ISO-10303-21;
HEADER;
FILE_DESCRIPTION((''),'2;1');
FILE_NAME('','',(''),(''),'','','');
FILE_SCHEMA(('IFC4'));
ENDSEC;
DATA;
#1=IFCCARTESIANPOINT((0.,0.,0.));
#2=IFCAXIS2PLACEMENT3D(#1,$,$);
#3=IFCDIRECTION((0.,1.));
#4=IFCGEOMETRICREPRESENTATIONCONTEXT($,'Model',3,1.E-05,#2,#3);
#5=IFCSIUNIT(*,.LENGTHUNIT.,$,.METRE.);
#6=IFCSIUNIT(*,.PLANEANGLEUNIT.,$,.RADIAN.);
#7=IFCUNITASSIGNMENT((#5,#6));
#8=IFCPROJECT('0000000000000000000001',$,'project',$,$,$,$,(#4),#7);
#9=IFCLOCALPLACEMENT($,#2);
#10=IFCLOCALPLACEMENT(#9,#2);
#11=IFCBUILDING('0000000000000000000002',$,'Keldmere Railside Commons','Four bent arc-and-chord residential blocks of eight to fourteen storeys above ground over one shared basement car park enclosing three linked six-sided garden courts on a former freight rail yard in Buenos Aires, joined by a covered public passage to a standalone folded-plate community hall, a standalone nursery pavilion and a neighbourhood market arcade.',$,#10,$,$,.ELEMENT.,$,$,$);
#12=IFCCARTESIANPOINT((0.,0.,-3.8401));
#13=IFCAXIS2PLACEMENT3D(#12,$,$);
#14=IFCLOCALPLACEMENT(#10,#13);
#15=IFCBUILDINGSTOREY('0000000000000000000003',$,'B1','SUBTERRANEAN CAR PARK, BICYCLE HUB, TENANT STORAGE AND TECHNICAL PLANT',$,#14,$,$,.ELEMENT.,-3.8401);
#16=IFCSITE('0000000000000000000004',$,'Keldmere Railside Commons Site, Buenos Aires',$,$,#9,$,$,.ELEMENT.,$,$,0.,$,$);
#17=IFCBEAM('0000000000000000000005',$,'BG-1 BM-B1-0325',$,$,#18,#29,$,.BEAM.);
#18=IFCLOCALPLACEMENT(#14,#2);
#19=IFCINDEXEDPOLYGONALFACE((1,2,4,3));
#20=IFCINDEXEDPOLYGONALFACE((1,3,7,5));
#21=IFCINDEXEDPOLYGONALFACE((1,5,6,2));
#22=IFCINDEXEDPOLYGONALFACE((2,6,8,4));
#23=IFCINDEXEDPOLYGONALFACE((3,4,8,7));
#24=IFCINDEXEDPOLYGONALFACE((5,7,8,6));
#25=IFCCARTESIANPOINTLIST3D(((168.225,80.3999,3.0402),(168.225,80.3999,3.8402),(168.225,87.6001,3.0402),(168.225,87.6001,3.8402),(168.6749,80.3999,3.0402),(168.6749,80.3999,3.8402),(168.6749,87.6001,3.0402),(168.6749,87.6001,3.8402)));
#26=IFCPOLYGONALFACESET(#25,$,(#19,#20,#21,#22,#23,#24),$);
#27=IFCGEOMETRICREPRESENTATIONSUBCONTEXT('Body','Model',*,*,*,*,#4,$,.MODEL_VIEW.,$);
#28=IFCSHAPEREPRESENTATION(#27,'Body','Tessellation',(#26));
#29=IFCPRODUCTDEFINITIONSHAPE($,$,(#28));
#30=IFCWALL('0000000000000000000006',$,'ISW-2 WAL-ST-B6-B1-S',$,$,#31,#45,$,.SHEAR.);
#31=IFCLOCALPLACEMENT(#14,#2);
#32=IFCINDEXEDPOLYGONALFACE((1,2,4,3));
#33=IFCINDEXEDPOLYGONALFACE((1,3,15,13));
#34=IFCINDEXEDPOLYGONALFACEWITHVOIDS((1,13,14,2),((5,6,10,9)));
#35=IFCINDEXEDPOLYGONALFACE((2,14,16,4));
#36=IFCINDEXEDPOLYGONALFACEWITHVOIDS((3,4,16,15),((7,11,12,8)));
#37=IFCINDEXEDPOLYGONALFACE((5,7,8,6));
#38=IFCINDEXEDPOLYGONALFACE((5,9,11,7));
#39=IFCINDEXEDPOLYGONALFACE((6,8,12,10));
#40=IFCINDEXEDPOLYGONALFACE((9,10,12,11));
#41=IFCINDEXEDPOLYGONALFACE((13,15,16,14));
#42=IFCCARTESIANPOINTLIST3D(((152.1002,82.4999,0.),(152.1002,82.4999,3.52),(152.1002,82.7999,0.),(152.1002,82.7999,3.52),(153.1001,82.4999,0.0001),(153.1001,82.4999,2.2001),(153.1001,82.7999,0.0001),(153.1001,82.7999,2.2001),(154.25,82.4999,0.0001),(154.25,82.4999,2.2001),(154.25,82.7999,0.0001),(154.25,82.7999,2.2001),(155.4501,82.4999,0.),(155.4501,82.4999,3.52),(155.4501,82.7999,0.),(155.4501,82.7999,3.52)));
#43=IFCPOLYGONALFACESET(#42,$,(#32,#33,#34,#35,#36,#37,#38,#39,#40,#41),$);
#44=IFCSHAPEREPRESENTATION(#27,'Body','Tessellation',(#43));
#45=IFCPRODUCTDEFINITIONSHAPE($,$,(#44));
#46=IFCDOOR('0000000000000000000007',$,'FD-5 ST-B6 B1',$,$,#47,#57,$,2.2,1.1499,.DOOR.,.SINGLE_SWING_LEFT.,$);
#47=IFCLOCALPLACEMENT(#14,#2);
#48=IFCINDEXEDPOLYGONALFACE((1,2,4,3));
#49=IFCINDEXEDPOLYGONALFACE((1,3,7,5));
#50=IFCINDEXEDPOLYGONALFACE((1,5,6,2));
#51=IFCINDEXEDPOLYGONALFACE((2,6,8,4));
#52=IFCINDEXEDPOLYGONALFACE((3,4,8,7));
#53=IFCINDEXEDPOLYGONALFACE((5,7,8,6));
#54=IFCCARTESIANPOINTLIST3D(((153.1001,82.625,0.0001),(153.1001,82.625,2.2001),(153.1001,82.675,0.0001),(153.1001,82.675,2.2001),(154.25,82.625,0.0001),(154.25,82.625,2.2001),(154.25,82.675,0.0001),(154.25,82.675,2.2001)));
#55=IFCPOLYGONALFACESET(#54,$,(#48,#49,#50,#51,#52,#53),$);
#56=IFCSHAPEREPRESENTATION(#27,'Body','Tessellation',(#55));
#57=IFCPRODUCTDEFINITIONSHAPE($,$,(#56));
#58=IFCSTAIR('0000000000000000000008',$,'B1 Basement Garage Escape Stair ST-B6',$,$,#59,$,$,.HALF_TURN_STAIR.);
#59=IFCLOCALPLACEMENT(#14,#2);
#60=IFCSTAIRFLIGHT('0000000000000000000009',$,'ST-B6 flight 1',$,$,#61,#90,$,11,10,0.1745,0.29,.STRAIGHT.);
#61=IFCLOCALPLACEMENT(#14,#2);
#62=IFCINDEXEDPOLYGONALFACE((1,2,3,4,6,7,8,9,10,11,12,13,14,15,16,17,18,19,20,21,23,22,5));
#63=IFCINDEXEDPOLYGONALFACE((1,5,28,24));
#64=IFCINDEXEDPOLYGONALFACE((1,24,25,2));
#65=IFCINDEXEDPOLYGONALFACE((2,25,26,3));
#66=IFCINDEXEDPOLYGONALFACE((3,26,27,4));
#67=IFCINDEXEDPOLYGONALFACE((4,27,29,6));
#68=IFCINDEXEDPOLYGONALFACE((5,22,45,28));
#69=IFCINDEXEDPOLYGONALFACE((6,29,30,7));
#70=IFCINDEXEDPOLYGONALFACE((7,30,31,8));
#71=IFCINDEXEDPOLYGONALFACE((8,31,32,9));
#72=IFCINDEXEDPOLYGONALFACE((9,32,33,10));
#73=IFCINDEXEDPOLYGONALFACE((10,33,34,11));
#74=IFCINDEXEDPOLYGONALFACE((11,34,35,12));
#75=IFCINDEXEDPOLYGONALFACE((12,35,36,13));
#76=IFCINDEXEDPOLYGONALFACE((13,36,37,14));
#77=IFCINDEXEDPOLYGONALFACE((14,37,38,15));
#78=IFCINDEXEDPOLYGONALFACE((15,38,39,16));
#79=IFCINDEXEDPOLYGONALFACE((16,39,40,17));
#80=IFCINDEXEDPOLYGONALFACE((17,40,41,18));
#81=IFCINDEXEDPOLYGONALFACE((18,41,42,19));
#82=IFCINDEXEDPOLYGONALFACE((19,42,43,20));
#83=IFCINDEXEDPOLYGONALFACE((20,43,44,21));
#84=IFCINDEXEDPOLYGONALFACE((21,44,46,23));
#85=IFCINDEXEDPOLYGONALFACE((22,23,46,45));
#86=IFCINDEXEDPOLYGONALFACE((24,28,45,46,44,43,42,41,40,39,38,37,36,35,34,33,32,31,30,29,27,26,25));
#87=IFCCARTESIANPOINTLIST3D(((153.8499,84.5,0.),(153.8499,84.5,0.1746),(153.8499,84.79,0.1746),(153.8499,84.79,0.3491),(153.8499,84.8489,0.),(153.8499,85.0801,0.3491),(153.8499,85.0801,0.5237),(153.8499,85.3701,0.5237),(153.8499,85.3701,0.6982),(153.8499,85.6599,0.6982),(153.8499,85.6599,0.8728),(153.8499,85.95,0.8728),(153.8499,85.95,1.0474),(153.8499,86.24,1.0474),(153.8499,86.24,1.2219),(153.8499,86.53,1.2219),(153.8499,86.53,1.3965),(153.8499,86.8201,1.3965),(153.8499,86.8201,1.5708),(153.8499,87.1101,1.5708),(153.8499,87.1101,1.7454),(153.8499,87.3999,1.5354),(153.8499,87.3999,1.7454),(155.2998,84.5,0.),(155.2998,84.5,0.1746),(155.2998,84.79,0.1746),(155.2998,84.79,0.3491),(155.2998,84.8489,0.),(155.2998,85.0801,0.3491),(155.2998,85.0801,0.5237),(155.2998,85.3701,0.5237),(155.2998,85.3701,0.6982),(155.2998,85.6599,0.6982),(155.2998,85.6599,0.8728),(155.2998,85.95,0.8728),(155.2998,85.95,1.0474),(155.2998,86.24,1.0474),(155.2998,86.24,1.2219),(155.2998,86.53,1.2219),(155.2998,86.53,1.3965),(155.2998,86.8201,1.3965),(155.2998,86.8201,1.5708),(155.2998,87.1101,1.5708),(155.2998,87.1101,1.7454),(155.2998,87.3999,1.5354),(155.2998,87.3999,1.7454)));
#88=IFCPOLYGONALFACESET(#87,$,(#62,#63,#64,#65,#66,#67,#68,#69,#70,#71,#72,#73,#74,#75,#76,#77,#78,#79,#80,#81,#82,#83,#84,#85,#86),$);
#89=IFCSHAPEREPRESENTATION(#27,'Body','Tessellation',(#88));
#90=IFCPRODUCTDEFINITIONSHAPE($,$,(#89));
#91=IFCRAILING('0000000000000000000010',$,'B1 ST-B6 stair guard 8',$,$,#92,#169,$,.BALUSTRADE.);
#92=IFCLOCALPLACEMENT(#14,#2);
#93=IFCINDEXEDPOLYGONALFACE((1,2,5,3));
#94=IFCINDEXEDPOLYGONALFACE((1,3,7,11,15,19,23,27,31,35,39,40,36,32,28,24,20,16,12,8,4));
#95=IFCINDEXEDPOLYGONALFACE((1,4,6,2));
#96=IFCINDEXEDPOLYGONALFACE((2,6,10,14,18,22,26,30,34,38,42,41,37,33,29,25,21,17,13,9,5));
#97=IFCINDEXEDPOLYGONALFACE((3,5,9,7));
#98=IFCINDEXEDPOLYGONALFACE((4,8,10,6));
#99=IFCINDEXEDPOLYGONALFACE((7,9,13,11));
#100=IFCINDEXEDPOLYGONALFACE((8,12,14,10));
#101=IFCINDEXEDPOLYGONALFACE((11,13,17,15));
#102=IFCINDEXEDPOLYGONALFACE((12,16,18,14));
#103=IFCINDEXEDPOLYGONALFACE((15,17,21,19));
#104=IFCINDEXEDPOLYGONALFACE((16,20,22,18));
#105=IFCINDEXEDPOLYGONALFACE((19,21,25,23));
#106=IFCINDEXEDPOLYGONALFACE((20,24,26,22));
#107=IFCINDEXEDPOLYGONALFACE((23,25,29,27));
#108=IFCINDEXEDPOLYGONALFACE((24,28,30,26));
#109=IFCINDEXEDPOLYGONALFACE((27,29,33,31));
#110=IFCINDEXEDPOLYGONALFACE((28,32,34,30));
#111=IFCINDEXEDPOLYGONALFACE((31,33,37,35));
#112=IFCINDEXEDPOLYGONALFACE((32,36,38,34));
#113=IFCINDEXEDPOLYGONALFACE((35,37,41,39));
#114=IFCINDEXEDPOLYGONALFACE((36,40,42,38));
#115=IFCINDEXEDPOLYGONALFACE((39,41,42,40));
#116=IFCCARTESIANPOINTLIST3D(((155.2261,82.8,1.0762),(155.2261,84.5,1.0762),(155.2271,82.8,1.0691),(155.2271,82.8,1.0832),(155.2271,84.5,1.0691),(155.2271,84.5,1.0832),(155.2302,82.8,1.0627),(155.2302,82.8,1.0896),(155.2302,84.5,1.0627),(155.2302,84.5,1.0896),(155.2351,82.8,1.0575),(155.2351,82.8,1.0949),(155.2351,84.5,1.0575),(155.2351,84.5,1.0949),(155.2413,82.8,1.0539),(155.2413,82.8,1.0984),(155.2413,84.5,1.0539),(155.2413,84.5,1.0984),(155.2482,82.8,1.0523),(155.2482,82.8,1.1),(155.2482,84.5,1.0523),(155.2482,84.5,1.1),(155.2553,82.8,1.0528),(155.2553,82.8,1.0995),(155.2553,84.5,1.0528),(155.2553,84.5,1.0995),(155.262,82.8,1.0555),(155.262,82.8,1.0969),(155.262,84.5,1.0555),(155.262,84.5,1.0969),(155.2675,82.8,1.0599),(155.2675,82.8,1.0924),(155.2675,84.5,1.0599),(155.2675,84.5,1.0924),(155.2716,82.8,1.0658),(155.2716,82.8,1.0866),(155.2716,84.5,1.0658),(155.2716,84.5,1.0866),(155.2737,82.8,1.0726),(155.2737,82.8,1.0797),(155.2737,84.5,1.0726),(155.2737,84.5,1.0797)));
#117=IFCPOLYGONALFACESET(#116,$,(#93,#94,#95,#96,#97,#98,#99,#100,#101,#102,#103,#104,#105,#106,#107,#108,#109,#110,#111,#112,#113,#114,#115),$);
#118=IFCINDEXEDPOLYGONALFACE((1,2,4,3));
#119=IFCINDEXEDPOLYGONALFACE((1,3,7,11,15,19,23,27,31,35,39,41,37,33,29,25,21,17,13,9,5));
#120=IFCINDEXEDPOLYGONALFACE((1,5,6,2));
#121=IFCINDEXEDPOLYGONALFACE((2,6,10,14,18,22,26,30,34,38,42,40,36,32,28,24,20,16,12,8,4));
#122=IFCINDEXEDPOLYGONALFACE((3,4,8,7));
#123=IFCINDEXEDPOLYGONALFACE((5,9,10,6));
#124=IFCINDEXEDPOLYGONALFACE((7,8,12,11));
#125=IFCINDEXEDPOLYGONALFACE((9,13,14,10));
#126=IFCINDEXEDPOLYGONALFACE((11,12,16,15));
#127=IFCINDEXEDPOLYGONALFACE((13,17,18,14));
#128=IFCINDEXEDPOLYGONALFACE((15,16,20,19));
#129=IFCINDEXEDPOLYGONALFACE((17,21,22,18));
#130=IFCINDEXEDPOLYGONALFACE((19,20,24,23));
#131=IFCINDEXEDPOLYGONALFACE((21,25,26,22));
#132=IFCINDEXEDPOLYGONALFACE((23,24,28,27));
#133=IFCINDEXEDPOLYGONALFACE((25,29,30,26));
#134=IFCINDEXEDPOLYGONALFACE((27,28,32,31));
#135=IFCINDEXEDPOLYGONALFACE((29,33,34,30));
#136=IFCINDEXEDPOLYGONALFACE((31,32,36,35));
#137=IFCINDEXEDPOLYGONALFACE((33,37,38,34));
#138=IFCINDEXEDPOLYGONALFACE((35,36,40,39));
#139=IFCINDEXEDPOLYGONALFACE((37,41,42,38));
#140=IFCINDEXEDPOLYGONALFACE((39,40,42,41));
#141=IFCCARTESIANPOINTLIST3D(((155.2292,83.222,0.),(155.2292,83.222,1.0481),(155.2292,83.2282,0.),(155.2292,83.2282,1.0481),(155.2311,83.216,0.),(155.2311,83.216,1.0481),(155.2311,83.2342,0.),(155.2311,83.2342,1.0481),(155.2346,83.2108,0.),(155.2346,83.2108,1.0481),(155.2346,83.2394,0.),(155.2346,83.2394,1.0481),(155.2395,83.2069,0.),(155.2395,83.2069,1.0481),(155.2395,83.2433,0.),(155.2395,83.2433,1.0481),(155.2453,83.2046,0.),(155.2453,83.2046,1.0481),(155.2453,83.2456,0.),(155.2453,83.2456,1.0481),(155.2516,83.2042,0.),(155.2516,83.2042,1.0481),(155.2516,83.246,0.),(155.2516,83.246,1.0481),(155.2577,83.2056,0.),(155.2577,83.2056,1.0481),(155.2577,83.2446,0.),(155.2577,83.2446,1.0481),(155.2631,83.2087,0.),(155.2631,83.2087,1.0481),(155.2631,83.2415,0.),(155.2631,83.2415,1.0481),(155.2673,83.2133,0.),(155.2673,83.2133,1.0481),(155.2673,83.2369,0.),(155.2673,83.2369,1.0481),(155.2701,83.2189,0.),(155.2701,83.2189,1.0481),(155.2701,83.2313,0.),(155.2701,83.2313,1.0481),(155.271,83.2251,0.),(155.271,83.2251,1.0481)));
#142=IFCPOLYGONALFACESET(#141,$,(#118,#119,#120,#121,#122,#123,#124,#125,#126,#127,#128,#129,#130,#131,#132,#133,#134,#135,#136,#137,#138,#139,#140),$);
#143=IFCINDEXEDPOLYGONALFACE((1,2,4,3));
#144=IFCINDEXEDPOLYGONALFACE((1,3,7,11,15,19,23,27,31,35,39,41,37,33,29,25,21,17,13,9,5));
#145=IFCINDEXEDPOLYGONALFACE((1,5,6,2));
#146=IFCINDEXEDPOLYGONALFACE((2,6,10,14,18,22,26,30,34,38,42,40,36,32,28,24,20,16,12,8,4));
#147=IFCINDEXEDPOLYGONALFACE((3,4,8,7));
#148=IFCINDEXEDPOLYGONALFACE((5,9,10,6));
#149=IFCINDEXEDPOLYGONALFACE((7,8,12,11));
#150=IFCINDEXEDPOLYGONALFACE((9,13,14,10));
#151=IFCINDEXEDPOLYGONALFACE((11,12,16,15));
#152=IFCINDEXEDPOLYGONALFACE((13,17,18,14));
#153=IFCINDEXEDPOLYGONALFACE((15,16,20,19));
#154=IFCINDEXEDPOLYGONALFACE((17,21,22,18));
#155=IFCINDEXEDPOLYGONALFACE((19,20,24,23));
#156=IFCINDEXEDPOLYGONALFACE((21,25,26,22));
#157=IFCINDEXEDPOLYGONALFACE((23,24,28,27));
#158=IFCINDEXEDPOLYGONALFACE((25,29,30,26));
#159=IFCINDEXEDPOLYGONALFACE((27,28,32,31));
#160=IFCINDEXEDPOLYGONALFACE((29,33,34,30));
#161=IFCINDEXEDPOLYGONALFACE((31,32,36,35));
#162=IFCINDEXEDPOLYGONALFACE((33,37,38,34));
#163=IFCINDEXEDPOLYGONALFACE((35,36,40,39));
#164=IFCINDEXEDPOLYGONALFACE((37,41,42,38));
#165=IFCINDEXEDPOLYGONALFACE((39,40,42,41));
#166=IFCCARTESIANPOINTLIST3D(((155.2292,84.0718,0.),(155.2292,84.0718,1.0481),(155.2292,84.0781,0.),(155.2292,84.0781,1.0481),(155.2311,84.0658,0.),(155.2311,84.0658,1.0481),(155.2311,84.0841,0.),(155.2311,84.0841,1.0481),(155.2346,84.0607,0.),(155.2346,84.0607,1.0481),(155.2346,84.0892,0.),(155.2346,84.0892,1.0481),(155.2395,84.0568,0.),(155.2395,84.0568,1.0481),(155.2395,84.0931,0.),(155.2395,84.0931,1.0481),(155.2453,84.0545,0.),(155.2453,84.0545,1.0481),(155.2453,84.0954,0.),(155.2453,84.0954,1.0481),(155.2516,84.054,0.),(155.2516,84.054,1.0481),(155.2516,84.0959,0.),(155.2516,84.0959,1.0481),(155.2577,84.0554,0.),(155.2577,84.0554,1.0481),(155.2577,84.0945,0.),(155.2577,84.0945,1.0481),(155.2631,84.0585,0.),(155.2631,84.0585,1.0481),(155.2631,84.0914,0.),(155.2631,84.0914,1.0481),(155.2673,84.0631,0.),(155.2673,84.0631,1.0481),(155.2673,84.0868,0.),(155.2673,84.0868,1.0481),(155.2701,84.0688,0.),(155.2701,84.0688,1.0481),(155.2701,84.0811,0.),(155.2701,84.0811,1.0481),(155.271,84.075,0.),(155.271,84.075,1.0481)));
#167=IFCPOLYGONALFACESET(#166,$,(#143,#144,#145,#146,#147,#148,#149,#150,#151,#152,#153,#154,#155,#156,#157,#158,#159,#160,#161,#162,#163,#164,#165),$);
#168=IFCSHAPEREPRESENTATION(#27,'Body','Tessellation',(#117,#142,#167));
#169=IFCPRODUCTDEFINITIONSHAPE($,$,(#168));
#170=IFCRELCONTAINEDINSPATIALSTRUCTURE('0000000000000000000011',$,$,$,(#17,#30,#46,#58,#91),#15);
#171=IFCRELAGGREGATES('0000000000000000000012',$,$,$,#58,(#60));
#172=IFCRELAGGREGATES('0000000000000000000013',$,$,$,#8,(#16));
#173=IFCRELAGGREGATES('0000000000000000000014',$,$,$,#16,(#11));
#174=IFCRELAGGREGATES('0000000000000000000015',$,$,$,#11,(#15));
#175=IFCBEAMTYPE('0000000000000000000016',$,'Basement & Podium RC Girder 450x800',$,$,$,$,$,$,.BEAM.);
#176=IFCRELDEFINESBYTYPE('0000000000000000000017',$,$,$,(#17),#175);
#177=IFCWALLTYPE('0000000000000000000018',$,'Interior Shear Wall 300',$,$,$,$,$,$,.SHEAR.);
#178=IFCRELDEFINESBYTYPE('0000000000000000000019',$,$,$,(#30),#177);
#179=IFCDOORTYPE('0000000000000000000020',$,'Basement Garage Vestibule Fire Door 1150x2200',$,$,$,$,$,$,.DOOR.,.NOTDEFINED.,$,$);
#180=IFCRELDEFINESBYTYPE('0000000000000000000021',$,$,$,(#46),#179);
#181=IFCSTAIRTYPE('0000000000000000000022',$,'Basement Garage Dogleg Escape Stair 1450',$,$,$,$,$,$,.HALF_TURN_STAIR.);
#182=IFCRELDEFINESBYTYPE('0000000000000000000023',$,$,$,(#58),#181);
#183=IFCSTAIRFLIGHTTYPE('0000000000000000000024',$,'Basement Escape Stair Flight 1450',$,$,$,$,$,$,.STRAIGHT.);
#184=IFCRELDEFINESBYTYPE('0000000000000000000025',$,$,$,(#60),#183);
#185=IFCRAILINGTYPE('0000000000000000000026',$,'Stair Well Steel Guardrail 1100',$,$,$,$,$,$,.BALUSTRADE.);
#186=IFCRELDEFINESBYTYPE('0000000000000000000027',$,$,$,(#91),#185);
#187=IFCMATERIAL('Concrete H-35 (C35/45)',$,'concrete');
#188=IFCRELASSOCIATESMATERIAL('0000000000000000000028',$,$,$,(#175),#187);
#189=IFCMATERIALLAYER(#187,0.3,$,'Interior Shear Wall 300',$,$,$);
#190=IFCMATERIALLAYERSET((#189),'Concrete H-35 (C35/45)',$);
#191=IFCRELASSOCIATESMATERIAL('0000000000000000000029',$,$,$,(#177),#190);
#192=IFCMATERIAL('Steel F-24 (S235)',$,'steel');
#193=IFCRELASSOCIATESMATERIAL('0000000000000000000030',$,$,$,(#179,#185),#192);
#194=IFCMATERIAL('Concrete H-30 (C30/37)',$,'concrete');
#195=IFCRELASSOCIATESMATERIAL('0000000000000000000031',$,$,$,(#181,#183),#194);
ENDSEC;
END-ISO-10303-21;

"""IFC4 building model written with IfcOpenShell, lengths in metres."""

from ifc_helpers import new_model, si_unit, direction, frame, frame_2d, origin, origin_2d, place, context, subcontext, project, spatial, polyline, rectangle, circle, outline, extrude, material, layer, layer_set, material_profile, profile_set, type_object, element, fill, aggregate, save


model = new_model("IFC4")

# Units and contexts
model_context = context("Model", 3, precision=1e-05, world=origin(), true_north=direction((0.0, 1.0)))
body_context = subcontext(model_context, "Body", "Model", "MODEL_VIEW")
ifc_project = project(units=[si_unit("LENGTHUNIT", "METRE"), si_unit("PLANEANGLEUNIT", "RADIAN")], contexts=[model_context])

# Site, building, storey
site_placement = place(None, origin())
site = spatial("IfcSite", under=ifc_project, at=site_placement, Name="Keldmere Railside Commons Site, Buenos Aires", CompositionType="ELEMENT", RefElevation=0.0)
building_placement = place(site_placement, origin())
building = spatial("IfcBuilding", under=site, at=building_placement, Name="Keldmere Railside Commons", Description="Four bent arc-and-chord residential blocks of eight to fourteen storeys above ground over one shared basement car park enclosing three linked six-sided garden courts on a former freight rail yard in Buenos Aires, joined by a covered public passage to a standalone folded-plate community hall, a standalone nursery pavilion and a neighbourhood market arcade.", CompositionType="ELEMENT")
storey_placement = place(building_placement, frame((0.0, 0.0, -3.8401)))
storey = spatial("IfcBuildingStorey", under=building, at=storey_placement, Name="B1", Description="SUBTERRANEAN CAR PARK, BICYCLE HUB, TENANT STORAGE AND TECHNICAL PLANT", CompositionType="ELEMENT", Elevation=-3.8401)

# Shared definitions
ifc_material_1 = material(Name="Concrete H-30 (C30/37)", Category="concrete")

# Beam
ifc_material_2 = material(Name="Concrete H-35 (C35/45)", Category="concrete")
ifc_material_profile_1 = material_profile(ifc_material_2, rectangle(XDim=0.45, YDim=0.8, at=origin_2d()), Name="RC-450x800")
ifc_profile_set_1 = profile_set([ifc_material_profile_1], Name="Concrete H-35 (C35/45)")
beam_type = type_object("IfcBeamType", Name="Basement & Podium RC Girder 450x800", PredefinedType="BEAM", material=ifc_profile_set_1)
for number, where, z_axis, x_axis, name in (
    (1, (168.45, 80.3999, 3.4402), (0.0, 1.0, 0.0), (-1.0, 0.0, 0.0), "BG-1 BM-B1-0325"),
):
    element("IfcBeam", number, at=place(storey_placement, frame(where, z_axis=z_axis, x_axis=x_axis)), inside=storey, type_object=beam_type, Name=name, PredefinedType="BEAM", context=body_context, shape_type="SweptSolid", body=[
        extrude(rectangle(XDim=0.45, YDim=0.8, at=origin_2d()), origin(), (0.0, 0.0, 1.0), 7.2002),
    ])

# Wall, opening, door
ifc_layer = layer(ifc_material_2, 0.3, Name="Interior Shear Wall 300")
ifc_layer_set = layer_set([ifc_layer], Name="Concrete H-35 (C35/45)")
wall_type = type_object("IfcWallType", Name="Interior Shear Wall 300", PredefinedType="SHEAR", material=ifc_layer_set)
wall_placement = place(storey_placement, frame((155.45, 82.6499, 0.0), z_axis=(0.0, 0.0, 1.0), x_axis=(-1.0, 0.0, 0.0)))
wall = element("IfcWall", 2, at=wall_placement, inside=storey, type_object=wall_type, Name="ISW-2 WAL-ST-B6-B1-S", PredefinedType="SHEAR", context=body_context, shape_type="SweptSolid", body=[
    extrude(rectangle(XDim=3.3499, YDim=0.3, at=frame_2d((1.6748, 0.0))), origin(), (0.0, 0.0, 1.0), 3.52),
])
opening_placement = place(wall_placement, frame((1.2, 0.0, 0.0)))
opening = element("IfcOpeningElement", 3, at=opening_placement, cuts=wall, PredefinedType="OPENING", context=body_context, shape_type="SweptSolid", body=[
    extrude(rectangle(XDim=1.1499, YDim=2.2, at=frame_2d((0.575, 1.1001))), frame((0.0, 0.1599, 0.0), z_axis=(0.0, -1.0, 0.0), x_axis=(1.0, 0.0, 0.0)), (0.0, 0.0, 1.0), 0.3201),
])
ifc_material_3 = material(Name="Steel F-24 (S235)", Category="steel")
door_type = type_object("IfcDoorType", Name="Basement Garage Vestibule Fire Door 1150x2200", OperationType="NOTDEFINED", PredefinedType="DOOR", material=ifc_material_3)
door_placement = place(opening_placement, origin())
door = element("IfcDoor", 4, at=door_placement, inside=storey, type_object=door_type, Name="FD-5 ST-B6 B1", OperationType="SINGLE_SWING_LEFT", OverallHeight=2.2, OverallWidth=1.1499, PredefinedType="DOOR", context=body_context, shape_type="SweptSolid", body=[
    extrude(rectangle(XDim=1.1499, YDim=2.2, at=frame_2d((0.575, 1.1001))), frame((0.0, 0.0249, 0.0), z_axis=(0.0, -1.0, 0.0), x_axis=(1.0, 0.0, 0.0)), (0.0, 0.0, 1.0), 0.05),
])
fill(opening, door)

# Stair, stair flight
stair_type = type_object("IfcStairType", Name="Basement Garage Dogleg Escape Stair 1450", PredefinedType="HALF_TURN_STAIR", material=ifc_material_1)
stair_placement = place(storey_placement, origin())
stair = element("IfcStair", 5, at=stair_placement, inside=storey, type_object=stair_type, Name="B1 Basement Garage Escape Stair ST-B6", PredefinedType="HALF_TURN_STAIR")
stair_flight_type = type_object("IfcStairFlightType", Name="Basement Escape Stair Flight 1450", PredefinedType="STRAIGHT", material=ifc_material_1)
stair_flight_placement = place(storey_placement, frame((154.575, 84.5, 0.0), z_axis=(0.0, 0.0, 1.0), x_axis=(0.0, 1.0, 0.0)))
stair_flight = element("IfcStairFlight", 6, at=stair_flight_placement, type_object=stair_flight_type, Name="ST-B6 flight 1", NumberOfRisers=11, NumberOfTreads=10, PredefinedType="STRAIGHT", RiserHeight=0.1745, TreadLength=0.29, context=body_context, shape_type="SweptSolid", body=[
    extrude(outline(polyline([(0.0, 0.0), (0.0, 0.1746), (0.29, 0.1746), (0.29, 0.3491), (0.5801, 0.3491), (0.5801, 0.5237), (0.8701, 0.5237), (0.8701, 0.6982), (1.1599, 0.6982), (1.1599, 0.8728), (1.45, 0.8728), (1.45, 1.0474), (1.74, 1.0474), (1.74, 1.2219), (2.03, 1.2219), (2.03, 1.3965), (2.3201, 1.3965), (2.3201, 1.5708), (2.6101, 1.5708), (2.6101, 1.7454), (2.8999, 1.7454), (2.8999, 1.9199), (2.8999, 1.5354), (0.3489, 0.0), (0.0, 0.0)])), frame((0.0, 0.7251, 0.0), z_axis=(0.0, -1.0, 0.0), x_axis=(1.0, 0.0, 0.0)), (0.0, 0.0, 1.0), 1.45),
])
aggregate(stair, [stair_flight])

# Railing
railing_type_1 = type_object("IfcRailingType", Name="Stair Well Steel Guardrail 1100", PredefinedType="BALUSTRADE", material=ifc_material_3)
railing_1_placement = place(storey_placement, frame((155.25, 82.8, 0.0)))
element("IfcRailing", 7, at=railing_1_placement, inside=storey, type_object=railing_type_1, Name="B1 ST-B6 stair guard 8", PredefinedType="BALUSTRADE", context=body_context, shape_type="SweptSolid", body=[
    extrude(circle(Radius=0.0239, at=origin_2d()), frame((0.0, 0.0, 1.0762), z_axis=(0.0, 1.0, 0.0), x_axis=(-1.0, 0.0, 0.0)), (0.0, 0.0, 1.0), 1.7),
    extrude(circle(Radius=0.021, at=origin_2d()), frame((0.0, 0.425, 0.0)), (0.0, 0.0, 1.0), 1.0481),
    extrude(circle(Radius=0.021, at=origin_2d()), frame((0.0, 1.2749, 0.0)), (0.0, 0.0, 1.0), 1.0481),
])

save(model, "model.ifc")
